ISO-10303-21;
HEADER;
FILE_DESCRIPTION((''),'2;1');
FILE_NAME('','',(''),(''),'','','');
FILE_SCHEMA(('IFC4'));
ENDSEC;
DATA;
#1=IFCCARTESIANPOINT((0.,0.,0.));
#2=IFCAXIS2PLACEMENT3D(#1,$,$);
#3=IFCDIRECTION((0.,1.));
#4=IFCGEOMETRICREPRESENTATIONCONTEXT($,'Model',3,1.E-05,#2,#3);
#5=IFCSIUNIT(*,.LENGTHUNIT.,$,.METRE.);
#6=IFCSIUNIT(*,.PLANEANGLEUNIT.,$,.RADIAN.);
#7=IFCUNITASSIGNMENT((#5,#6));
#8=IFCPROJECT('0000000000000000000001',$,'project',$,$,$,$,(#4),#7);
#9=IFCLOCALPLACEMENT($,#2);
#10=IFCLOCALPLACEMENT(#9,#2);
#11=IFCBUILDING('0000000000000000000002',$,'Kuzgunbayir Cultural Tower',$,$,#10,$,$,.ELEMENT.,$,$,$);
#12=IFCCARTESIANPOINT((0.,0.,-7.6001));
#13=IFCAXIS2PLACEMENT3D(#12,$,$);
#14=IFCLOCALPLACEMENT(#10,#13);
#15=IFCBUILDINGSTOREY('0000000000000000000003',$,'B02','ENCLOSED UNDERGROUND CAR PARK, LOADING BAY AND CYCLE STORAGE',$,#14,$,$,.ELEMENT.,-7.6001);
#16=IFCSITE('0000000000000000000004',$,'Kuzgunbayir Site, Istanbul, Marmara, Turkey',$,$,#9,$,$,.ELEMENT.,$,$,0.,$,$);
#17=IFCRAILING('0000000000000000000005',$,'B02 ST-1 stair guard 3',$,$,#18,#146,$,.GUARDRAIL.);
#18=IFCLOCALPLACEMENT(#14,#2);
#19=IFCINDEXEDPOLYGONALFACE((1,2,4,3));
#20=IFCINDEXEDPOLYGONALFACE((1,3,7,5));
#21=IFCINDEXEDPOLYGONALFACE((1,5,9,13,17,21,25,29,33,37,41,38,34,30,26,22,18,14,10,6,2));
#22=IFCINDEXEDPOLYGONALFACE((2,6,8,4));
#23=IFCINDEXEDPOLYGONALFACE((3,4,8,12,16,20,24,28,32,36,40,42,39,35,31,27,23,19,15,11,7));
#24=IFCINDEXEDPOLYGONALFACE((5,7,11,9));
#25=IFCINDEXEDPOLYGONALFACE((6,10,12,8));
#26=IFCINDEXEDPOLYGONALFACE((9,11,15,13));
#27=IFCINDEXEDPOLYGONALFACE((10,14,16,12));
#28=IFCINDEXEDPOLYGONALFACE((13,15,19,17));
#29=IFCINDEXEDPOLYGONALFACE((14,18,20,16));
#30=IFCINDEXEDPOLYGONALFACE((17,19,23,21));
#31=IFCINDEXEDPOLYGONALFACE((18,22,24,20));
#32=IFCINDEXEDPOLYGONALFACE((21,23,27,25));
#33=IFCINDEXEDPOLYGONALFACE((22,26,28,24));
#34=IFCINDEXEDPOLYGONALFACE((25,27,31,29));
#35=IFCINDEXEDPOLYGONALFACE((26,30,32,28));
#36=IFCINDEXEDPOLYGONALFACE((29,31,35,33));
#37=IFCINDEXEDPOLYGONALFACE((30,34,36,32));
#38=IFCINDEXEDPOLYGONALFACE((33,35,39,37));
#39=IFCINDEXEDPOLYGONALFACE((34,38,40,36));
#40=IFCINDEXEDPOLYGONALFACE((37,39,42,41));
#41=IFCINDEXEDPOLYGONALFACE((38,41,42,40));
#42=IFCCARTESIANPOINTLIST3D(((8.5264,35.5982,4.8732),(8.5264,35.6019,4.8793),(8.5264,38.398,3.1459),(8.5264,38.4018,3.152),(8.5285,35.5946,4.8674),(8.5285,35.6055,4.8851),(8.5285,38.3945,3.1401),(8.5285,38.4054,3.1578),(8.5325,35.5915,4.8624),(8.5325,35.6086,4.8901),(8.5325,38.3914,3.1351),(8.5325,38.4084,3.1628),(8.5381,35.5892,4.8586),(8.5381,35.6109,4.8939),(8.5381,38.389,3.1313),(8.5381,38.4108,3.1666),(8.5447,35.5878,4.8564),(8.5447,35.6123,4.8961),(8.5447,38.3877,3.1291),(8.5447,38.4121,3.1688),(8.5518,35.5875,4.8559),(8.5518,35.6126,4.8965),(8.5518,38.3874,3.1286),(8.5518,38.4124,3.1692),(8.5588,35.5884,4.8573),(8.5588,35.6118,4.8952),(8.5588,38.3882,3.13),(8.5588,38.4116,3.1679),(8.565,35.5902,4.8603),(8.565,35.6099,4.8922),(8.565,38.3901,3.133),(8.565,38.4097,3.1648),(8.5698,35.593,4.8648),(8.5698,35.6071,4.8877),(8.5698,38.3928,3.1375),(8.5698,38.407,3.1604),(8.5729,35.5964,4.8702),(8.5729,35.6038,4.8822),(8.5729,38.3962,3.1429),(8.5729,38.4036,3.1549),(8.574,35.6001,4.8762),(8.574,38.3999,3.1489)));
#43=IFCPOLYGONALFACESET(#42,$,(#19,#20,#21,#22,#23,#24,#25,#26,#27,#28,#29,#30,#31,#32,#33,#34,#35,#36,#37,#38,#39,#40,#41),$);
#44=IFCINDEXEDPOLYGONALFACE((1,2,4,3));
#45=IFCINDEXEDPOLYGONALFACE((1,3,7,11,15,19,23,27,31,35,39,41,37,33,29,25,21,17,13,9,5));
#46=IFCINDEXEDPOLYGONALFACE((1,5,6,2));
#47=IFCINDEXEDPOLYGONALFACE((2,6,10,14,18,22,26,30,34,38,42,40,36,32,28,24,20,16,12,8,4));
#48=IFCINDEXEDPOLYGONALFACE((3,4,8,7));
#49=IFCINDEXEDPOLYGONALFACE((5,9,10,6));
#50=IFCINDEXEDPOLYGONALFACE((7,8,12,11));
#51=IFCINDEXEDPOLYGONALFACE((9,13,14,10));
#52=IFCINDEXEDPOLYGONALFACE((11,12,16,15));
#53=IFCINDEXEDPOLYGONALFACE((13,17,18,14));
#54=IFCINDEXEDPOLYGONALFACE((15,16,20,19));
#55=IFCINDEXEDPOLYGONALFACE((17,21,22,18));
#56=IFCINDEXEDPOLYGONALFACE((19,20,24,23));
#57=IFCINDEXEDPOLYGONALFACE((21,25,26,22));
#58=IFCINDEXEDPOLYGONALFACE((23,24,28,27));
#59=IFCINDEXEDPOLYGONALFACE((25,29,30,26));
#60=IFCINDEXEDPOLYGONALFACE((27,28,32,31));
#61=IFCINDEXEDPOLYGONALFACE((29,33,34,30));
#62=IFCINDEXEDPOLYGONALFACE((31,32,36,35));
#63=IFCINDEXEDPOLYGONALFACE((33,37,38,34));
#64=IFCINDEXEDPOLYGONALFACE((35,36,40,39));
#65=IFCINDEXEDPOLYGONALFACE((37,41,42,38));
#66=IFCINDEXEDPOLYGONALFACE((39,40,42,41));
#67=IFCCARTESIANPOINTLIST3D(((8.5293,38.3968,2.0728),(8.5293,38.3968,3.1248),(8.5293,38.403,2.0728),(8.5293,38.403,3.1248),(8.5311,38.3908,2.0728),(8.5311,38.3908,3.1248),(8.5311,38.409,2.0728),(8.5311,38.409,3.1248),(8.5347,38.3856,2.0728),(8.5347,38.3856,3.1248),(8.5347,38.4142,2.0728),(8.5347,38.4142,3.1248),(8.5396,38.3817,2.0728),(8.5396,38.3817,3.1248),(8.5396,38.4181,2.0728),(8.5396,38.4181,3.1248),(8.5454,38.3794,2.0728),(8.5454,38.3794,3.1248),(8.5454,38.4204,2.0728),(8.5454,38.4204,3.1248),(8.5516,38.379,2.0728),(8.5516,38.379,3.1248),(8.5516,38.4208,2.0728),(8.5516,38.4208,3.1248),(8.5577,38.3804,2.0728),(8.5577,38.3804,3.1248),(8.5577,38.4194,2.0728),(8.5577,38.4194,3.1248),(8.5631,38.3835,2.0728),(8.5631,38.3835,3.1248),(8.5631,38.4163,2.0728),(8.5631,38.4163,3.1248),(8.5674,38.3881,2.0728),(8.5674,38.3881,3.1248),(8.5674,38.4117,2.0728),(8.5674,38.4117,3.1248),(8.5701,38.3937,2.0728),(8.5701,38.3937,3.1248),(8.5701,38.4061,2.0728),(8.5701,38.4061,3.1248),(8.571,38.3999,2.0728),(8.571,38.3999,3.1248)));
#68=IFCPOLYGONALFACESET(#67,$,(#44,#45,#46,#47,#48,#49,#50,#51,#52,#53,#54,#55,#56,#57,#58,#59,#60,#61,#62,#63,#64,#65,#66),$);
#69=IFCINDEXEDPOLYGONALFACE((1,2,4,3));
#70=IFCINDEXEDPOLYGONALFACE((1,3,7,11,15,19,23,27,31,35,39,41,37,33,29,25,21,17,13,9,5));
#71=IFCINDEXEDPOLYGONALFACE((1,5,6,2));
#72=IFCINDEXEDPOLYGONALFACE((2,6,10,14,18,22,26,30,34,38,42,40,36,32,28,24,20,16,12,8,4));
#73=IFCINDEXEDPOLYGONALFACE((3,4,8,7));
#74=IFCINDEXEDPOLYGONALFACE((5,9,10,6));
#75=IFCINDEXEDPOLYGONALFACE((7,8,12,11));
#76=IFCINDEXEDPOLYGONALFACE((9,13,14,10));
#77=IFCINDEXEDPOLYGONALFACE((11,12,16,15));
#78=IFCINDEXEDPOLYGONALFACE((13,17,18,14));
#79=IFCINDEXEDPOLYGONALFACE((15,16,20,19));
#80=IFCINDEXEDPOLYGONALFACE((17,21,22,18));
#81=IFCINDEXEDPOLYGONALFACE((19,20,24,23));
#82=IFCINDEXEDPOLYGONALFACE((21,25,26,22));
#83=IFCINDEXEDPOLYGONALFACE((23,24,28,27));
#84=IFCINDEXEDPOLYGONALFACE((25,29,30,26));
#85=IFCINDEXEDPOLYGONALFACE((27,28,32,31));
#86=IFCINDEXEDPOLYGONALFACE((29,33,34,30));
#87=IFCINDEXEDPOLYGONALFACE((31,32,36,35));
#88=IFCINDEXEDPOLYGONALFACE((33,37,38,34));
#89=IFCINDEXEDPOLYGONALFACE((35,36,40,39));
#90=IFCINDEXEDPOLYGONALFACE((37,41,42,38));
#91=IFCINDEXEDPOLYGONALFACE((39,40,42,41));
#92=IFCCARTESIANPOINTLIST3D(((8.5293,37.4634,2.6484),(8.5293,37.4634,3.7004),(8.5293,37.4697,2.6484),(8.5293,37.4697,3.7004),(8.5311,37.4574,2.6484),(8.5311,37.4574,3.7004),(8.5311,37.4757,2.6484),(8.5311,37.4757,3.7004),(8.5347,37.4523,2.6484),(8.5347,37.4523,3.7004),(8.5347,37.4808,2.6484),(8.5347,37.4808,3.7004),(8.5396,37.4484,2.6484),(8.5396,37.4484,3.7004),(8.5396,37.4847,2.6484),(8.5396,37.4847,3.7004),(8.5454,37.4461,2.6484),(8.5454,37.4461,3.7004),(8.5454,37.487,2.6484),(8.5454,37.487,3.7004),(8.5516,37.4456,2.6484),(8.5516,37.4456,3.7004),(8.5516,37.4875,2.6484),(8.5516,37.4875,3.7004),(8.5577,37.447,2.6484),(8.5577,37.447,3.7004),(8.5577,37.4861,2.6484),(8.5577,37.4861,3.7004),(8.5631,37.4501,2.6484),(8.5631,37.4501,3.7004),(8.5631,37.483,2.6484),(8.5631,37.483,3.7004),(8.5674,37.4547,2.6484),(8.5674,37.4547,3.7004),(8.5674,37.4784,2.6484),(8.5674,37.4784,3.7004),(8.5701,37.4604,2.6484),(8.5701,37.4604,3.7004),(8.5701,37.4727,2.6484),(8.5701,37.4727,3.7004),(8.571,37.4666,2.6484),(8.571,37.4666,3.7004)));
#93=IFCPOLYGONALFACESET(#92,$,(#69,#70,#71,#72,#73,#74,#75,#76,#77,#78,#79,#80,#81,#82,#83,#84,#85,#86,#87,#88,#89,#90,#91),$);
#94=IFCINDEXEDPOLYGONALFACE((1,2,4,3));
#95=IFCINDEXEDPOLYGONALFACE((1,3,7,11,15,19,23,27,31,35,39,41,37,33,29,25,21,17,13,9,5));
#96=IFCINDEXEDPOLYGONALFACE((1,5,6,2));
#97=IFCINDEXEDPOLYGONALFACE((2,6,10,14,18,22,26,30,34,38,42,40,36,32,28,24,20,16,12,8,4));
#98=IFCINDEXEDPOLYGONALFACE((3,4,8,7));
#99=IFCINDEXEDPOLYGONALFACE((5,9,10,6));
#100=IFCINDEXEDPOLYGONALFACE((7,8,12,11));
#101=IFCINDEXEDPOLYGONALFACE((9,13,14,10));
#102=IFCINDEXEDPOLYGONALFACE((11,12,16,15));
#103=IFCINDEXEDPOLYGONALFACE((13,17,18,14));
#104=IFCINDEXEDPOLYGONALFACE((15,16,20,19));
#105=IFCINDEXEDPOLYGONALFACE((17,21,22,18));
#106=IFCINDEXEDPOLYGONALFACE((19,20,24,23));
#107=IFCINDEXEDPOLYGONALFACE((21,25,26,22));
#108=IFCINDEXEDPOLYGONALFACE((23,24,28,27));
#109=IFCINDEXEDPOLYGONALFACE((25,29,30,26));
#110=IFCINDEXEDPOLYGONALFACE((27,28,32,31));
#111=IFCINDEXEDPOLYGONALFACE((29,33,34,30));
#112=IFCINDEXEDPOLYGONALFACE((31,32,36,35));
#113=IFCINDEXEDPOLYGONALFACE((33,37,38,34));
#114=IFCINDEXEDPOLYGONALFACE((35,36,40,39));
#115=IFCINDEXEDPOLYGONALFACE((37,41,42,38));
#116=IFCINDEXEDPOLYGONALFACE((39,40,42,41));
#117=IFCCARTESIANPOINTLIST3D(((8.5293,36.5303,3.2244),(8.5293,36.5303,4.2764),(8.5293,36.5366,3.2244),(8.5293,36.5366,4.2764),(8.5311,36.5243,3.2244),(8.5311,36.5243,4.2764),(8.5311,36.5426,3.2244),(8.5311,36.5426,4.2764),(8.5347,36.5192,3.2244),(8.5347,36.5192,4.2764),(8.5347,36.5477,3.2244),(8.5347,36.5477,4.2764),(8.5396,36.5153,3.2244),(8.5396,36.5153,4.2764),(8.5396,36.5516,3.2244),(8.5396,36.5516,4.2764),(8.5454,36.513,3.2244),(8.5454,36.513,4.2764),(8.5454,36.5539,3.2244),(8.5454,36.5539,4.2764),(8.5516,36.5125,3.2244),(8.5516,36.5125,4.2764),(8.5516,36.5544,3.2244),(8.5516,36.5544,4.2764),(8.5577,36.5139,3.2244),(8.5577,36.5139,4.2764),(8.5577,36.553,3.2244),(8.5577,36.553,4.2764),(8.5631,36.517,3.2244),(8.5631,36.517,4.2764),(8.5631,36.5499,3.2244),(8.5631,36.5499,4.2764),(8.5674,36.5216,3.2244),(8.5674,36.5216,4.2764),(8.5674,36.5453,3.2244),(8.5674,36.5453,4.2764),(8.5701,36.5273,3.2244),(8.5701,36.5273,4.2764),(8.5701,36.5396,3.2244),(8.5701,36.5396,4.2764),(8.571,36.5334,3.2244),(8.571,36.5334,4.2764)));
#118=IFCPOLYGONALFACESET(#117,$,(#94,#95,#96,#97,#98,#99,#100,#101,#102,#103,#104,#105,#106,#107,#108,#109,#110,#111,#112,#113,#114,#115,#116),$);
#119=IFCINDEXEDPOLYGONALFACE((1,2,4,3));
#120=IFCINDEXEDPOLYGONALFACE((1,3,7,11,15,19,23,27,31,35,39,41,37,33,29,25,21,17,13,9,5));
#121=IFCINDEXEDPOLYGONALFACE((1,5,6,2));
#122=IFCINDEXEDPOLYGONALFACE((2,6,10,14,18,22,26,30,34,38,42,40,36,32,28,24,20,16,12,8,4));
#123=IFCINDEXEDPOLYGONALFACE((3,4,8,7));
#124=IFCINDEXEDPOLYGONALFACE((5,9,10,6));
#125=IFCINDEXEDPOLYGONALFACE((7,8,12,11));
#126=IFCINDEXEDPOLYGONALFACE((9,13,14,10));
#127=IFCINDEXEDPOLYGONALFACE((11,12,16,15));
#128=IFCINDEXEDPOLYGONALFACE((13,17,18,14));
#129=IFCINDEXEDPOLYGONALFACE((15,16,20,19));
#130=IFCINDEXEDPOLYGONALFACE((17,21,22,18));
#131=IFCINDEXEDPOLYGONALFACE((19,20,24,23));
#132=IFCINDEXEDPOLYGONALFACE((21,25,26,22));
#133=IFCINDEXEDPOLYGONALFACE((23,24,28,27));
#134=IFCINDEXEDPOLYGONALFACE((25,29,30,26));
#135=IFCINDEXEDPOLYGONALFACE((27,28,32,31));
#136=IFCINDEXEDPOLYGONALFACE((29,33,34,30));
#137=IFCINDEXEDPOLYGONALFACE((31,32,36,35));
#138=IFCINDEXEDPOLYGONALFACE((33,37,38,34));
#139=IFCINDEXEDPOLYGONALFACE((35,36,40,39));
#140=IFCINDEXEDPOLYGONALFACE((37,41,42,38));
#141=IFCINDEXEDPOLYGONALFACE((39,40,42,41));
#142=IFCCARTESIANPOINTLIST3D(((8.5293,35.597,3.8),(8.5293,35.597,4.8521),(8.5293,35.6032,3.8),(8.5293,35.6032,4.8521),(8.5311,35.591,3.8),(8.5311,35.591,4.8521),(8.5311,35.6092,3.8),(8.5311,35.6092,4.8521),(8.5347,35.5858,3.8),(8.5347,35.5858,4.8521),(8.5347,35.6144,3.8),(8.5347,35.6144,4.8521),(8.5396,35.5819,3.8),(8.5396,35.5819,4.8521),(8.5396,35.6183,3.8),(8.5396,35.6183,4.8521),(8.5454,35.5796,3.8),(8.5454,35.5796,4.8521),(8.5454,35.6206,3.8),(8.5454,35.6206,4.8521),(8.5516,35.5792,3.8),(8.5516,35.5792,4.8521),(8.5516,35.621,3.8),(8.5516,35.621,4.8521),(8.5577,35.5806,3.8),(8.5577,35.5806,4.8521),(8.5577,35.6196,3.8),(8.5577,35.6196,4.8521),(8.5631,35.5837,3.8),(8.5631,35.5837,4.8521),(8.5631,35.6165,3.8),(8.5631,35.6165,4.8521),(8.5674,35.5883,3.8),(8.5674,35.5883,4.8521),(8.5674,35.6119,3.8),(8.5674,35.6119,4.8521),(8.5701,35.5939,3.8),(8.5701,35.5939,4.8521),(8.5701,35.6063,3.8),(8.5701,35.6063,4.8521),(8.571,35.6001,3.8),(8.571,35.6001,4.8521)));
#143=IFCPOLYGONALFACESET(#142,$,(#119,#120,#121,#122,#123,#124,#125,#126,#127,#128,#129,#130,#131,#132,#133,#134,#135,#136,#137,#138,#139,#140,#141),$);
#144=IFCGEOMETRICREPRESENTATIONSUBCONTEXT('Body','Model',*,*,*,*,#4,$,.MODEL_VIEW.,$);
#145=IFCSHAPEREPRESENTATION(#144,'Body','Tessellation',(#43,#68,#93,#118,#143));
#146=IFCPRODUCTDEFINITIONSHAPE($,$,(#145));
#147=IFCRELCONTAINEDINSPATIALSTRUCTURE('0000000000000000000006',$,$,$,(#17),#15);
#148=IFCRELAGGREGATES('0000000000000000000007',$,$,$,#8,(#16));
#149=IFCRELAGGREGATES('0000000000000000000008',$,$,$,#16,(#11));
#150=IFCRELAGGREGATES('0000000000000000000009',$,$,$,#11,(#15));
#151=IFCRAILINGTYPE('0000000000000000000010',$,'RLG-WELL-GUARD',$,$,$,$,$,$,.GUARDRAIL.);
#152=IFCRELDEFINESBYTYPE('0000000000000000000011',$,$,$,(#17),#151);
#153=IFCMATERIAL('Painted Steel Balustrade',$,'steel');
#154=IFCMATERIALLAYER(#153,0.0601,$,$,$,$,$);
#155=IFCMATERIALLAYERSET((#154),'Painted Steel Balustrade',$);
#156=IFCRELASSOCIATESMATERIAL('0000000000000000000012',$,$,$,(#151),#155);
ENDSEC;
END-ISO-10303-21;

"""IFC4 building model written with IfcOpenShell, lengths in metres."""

from ifc_helpers import new_model, si_unit, direction, frame, origin, origin_2d, place, context, subcontext, project, spatial, circle, extrude, material, layer, layer_set, type_object, element, save


model = new_model("IFC4")

# Units and contexts
model_context = context("Model", 3, precision=1e-05, world=origin(), true_north=direction((0.0, 1.0)))
body_context = subcontext(model_context, "Body", "Model", "MODEL_VIEW")
ifc_project = project(units=[si_unit("LENGTHUNIT", "METRE"), si_unit("PLANEANGLEUNIT", "RADIAN")], contexts=[model_context])

# Site, building, storey
site_placement = place(None, origin())
site = spatial("IfcSite", under=ifc_project, at=site_placement, Name="Kuzgunbayir Site, Istanbul, Marmara, Turkey", CompositionType="ELEMENT", RefElevation=0.0)
building_placement = place(site_placement, origin())
building = spatial("IfcBuilding", under=site, at=building_placement, Name="Kuzgunbayir Cultural Tower", CompositionType="ELEMENT")
storey_placement = place(building_placement, frame((0.0, 0.0, -7.6001)))
storey = spatial("IfcBuildingStorey", under=building, at=storey_placement, Name="B02", Description="ENCLOSED UNDERGROUND CAR PARK, LOADING BAY AND CYCLE STORAGE", CompositionType="ELEMENT", Elevation=-7.6001)

# Railing
ifc_material_1 = material(Name="Painted Steel Balustrade", Category="steel")
ifc_layer_1 = layer(ifc_material_1, 0.0601)
ifc_layer_set_1 = layer_set([ifc_layer_1], Name="Painted Steel Balustrade")
railing_type_1 = type_object("IfcRailingType", Name="RLG-WELL-GUARD", PredefinedType="GUARDRAIL", material=ifc_layer_set_1)
railing_1_placement = place(storey_placement, frame((8.55, 38.3999, 2.0728)))
element("IfcRailing", 1, at=railing_1_placement, inside=storey, type_object=railing_type_1, Name="B02 ST-1 stair guard 3", PredefinedType="GUARDRAIL", context=body_context, shape_type="SweptSolid", body=[
    extrude(circle(Radius=0.0239, at=origin_2d()), frame((0.0, 0.0, 1.0762), z_axis=(0.0, -0.851069, 0.525054), x_axis=(1.0, 0.0, 0.0)), (0.0, 0.0, 1.0), 3.2898),
    extrude(circle(Radius=0.021, at=origin_2d()), origin(), (0.0, 0.0, 1.0), 1.052),
    extrude(circle(Radius=0.021, at=origin_2d()), frame((0.0, -0.9333, 0.5757)), (0.0, 0.0, 1.0), 1.052),
    extrude(circle(Radius=0.021, at=origin_2d()), frame((0.0, -1.8665, 1.1516)), (0.0, 0.0, 1.0), 1.052),
    extrude(circle(Radius=0.021, at=origin_2d()), frame((0.0, -2.7998, 1.7273)), (0.0, 0.0, 1.0), 1.052),
])

save(model, "model.ifc")
